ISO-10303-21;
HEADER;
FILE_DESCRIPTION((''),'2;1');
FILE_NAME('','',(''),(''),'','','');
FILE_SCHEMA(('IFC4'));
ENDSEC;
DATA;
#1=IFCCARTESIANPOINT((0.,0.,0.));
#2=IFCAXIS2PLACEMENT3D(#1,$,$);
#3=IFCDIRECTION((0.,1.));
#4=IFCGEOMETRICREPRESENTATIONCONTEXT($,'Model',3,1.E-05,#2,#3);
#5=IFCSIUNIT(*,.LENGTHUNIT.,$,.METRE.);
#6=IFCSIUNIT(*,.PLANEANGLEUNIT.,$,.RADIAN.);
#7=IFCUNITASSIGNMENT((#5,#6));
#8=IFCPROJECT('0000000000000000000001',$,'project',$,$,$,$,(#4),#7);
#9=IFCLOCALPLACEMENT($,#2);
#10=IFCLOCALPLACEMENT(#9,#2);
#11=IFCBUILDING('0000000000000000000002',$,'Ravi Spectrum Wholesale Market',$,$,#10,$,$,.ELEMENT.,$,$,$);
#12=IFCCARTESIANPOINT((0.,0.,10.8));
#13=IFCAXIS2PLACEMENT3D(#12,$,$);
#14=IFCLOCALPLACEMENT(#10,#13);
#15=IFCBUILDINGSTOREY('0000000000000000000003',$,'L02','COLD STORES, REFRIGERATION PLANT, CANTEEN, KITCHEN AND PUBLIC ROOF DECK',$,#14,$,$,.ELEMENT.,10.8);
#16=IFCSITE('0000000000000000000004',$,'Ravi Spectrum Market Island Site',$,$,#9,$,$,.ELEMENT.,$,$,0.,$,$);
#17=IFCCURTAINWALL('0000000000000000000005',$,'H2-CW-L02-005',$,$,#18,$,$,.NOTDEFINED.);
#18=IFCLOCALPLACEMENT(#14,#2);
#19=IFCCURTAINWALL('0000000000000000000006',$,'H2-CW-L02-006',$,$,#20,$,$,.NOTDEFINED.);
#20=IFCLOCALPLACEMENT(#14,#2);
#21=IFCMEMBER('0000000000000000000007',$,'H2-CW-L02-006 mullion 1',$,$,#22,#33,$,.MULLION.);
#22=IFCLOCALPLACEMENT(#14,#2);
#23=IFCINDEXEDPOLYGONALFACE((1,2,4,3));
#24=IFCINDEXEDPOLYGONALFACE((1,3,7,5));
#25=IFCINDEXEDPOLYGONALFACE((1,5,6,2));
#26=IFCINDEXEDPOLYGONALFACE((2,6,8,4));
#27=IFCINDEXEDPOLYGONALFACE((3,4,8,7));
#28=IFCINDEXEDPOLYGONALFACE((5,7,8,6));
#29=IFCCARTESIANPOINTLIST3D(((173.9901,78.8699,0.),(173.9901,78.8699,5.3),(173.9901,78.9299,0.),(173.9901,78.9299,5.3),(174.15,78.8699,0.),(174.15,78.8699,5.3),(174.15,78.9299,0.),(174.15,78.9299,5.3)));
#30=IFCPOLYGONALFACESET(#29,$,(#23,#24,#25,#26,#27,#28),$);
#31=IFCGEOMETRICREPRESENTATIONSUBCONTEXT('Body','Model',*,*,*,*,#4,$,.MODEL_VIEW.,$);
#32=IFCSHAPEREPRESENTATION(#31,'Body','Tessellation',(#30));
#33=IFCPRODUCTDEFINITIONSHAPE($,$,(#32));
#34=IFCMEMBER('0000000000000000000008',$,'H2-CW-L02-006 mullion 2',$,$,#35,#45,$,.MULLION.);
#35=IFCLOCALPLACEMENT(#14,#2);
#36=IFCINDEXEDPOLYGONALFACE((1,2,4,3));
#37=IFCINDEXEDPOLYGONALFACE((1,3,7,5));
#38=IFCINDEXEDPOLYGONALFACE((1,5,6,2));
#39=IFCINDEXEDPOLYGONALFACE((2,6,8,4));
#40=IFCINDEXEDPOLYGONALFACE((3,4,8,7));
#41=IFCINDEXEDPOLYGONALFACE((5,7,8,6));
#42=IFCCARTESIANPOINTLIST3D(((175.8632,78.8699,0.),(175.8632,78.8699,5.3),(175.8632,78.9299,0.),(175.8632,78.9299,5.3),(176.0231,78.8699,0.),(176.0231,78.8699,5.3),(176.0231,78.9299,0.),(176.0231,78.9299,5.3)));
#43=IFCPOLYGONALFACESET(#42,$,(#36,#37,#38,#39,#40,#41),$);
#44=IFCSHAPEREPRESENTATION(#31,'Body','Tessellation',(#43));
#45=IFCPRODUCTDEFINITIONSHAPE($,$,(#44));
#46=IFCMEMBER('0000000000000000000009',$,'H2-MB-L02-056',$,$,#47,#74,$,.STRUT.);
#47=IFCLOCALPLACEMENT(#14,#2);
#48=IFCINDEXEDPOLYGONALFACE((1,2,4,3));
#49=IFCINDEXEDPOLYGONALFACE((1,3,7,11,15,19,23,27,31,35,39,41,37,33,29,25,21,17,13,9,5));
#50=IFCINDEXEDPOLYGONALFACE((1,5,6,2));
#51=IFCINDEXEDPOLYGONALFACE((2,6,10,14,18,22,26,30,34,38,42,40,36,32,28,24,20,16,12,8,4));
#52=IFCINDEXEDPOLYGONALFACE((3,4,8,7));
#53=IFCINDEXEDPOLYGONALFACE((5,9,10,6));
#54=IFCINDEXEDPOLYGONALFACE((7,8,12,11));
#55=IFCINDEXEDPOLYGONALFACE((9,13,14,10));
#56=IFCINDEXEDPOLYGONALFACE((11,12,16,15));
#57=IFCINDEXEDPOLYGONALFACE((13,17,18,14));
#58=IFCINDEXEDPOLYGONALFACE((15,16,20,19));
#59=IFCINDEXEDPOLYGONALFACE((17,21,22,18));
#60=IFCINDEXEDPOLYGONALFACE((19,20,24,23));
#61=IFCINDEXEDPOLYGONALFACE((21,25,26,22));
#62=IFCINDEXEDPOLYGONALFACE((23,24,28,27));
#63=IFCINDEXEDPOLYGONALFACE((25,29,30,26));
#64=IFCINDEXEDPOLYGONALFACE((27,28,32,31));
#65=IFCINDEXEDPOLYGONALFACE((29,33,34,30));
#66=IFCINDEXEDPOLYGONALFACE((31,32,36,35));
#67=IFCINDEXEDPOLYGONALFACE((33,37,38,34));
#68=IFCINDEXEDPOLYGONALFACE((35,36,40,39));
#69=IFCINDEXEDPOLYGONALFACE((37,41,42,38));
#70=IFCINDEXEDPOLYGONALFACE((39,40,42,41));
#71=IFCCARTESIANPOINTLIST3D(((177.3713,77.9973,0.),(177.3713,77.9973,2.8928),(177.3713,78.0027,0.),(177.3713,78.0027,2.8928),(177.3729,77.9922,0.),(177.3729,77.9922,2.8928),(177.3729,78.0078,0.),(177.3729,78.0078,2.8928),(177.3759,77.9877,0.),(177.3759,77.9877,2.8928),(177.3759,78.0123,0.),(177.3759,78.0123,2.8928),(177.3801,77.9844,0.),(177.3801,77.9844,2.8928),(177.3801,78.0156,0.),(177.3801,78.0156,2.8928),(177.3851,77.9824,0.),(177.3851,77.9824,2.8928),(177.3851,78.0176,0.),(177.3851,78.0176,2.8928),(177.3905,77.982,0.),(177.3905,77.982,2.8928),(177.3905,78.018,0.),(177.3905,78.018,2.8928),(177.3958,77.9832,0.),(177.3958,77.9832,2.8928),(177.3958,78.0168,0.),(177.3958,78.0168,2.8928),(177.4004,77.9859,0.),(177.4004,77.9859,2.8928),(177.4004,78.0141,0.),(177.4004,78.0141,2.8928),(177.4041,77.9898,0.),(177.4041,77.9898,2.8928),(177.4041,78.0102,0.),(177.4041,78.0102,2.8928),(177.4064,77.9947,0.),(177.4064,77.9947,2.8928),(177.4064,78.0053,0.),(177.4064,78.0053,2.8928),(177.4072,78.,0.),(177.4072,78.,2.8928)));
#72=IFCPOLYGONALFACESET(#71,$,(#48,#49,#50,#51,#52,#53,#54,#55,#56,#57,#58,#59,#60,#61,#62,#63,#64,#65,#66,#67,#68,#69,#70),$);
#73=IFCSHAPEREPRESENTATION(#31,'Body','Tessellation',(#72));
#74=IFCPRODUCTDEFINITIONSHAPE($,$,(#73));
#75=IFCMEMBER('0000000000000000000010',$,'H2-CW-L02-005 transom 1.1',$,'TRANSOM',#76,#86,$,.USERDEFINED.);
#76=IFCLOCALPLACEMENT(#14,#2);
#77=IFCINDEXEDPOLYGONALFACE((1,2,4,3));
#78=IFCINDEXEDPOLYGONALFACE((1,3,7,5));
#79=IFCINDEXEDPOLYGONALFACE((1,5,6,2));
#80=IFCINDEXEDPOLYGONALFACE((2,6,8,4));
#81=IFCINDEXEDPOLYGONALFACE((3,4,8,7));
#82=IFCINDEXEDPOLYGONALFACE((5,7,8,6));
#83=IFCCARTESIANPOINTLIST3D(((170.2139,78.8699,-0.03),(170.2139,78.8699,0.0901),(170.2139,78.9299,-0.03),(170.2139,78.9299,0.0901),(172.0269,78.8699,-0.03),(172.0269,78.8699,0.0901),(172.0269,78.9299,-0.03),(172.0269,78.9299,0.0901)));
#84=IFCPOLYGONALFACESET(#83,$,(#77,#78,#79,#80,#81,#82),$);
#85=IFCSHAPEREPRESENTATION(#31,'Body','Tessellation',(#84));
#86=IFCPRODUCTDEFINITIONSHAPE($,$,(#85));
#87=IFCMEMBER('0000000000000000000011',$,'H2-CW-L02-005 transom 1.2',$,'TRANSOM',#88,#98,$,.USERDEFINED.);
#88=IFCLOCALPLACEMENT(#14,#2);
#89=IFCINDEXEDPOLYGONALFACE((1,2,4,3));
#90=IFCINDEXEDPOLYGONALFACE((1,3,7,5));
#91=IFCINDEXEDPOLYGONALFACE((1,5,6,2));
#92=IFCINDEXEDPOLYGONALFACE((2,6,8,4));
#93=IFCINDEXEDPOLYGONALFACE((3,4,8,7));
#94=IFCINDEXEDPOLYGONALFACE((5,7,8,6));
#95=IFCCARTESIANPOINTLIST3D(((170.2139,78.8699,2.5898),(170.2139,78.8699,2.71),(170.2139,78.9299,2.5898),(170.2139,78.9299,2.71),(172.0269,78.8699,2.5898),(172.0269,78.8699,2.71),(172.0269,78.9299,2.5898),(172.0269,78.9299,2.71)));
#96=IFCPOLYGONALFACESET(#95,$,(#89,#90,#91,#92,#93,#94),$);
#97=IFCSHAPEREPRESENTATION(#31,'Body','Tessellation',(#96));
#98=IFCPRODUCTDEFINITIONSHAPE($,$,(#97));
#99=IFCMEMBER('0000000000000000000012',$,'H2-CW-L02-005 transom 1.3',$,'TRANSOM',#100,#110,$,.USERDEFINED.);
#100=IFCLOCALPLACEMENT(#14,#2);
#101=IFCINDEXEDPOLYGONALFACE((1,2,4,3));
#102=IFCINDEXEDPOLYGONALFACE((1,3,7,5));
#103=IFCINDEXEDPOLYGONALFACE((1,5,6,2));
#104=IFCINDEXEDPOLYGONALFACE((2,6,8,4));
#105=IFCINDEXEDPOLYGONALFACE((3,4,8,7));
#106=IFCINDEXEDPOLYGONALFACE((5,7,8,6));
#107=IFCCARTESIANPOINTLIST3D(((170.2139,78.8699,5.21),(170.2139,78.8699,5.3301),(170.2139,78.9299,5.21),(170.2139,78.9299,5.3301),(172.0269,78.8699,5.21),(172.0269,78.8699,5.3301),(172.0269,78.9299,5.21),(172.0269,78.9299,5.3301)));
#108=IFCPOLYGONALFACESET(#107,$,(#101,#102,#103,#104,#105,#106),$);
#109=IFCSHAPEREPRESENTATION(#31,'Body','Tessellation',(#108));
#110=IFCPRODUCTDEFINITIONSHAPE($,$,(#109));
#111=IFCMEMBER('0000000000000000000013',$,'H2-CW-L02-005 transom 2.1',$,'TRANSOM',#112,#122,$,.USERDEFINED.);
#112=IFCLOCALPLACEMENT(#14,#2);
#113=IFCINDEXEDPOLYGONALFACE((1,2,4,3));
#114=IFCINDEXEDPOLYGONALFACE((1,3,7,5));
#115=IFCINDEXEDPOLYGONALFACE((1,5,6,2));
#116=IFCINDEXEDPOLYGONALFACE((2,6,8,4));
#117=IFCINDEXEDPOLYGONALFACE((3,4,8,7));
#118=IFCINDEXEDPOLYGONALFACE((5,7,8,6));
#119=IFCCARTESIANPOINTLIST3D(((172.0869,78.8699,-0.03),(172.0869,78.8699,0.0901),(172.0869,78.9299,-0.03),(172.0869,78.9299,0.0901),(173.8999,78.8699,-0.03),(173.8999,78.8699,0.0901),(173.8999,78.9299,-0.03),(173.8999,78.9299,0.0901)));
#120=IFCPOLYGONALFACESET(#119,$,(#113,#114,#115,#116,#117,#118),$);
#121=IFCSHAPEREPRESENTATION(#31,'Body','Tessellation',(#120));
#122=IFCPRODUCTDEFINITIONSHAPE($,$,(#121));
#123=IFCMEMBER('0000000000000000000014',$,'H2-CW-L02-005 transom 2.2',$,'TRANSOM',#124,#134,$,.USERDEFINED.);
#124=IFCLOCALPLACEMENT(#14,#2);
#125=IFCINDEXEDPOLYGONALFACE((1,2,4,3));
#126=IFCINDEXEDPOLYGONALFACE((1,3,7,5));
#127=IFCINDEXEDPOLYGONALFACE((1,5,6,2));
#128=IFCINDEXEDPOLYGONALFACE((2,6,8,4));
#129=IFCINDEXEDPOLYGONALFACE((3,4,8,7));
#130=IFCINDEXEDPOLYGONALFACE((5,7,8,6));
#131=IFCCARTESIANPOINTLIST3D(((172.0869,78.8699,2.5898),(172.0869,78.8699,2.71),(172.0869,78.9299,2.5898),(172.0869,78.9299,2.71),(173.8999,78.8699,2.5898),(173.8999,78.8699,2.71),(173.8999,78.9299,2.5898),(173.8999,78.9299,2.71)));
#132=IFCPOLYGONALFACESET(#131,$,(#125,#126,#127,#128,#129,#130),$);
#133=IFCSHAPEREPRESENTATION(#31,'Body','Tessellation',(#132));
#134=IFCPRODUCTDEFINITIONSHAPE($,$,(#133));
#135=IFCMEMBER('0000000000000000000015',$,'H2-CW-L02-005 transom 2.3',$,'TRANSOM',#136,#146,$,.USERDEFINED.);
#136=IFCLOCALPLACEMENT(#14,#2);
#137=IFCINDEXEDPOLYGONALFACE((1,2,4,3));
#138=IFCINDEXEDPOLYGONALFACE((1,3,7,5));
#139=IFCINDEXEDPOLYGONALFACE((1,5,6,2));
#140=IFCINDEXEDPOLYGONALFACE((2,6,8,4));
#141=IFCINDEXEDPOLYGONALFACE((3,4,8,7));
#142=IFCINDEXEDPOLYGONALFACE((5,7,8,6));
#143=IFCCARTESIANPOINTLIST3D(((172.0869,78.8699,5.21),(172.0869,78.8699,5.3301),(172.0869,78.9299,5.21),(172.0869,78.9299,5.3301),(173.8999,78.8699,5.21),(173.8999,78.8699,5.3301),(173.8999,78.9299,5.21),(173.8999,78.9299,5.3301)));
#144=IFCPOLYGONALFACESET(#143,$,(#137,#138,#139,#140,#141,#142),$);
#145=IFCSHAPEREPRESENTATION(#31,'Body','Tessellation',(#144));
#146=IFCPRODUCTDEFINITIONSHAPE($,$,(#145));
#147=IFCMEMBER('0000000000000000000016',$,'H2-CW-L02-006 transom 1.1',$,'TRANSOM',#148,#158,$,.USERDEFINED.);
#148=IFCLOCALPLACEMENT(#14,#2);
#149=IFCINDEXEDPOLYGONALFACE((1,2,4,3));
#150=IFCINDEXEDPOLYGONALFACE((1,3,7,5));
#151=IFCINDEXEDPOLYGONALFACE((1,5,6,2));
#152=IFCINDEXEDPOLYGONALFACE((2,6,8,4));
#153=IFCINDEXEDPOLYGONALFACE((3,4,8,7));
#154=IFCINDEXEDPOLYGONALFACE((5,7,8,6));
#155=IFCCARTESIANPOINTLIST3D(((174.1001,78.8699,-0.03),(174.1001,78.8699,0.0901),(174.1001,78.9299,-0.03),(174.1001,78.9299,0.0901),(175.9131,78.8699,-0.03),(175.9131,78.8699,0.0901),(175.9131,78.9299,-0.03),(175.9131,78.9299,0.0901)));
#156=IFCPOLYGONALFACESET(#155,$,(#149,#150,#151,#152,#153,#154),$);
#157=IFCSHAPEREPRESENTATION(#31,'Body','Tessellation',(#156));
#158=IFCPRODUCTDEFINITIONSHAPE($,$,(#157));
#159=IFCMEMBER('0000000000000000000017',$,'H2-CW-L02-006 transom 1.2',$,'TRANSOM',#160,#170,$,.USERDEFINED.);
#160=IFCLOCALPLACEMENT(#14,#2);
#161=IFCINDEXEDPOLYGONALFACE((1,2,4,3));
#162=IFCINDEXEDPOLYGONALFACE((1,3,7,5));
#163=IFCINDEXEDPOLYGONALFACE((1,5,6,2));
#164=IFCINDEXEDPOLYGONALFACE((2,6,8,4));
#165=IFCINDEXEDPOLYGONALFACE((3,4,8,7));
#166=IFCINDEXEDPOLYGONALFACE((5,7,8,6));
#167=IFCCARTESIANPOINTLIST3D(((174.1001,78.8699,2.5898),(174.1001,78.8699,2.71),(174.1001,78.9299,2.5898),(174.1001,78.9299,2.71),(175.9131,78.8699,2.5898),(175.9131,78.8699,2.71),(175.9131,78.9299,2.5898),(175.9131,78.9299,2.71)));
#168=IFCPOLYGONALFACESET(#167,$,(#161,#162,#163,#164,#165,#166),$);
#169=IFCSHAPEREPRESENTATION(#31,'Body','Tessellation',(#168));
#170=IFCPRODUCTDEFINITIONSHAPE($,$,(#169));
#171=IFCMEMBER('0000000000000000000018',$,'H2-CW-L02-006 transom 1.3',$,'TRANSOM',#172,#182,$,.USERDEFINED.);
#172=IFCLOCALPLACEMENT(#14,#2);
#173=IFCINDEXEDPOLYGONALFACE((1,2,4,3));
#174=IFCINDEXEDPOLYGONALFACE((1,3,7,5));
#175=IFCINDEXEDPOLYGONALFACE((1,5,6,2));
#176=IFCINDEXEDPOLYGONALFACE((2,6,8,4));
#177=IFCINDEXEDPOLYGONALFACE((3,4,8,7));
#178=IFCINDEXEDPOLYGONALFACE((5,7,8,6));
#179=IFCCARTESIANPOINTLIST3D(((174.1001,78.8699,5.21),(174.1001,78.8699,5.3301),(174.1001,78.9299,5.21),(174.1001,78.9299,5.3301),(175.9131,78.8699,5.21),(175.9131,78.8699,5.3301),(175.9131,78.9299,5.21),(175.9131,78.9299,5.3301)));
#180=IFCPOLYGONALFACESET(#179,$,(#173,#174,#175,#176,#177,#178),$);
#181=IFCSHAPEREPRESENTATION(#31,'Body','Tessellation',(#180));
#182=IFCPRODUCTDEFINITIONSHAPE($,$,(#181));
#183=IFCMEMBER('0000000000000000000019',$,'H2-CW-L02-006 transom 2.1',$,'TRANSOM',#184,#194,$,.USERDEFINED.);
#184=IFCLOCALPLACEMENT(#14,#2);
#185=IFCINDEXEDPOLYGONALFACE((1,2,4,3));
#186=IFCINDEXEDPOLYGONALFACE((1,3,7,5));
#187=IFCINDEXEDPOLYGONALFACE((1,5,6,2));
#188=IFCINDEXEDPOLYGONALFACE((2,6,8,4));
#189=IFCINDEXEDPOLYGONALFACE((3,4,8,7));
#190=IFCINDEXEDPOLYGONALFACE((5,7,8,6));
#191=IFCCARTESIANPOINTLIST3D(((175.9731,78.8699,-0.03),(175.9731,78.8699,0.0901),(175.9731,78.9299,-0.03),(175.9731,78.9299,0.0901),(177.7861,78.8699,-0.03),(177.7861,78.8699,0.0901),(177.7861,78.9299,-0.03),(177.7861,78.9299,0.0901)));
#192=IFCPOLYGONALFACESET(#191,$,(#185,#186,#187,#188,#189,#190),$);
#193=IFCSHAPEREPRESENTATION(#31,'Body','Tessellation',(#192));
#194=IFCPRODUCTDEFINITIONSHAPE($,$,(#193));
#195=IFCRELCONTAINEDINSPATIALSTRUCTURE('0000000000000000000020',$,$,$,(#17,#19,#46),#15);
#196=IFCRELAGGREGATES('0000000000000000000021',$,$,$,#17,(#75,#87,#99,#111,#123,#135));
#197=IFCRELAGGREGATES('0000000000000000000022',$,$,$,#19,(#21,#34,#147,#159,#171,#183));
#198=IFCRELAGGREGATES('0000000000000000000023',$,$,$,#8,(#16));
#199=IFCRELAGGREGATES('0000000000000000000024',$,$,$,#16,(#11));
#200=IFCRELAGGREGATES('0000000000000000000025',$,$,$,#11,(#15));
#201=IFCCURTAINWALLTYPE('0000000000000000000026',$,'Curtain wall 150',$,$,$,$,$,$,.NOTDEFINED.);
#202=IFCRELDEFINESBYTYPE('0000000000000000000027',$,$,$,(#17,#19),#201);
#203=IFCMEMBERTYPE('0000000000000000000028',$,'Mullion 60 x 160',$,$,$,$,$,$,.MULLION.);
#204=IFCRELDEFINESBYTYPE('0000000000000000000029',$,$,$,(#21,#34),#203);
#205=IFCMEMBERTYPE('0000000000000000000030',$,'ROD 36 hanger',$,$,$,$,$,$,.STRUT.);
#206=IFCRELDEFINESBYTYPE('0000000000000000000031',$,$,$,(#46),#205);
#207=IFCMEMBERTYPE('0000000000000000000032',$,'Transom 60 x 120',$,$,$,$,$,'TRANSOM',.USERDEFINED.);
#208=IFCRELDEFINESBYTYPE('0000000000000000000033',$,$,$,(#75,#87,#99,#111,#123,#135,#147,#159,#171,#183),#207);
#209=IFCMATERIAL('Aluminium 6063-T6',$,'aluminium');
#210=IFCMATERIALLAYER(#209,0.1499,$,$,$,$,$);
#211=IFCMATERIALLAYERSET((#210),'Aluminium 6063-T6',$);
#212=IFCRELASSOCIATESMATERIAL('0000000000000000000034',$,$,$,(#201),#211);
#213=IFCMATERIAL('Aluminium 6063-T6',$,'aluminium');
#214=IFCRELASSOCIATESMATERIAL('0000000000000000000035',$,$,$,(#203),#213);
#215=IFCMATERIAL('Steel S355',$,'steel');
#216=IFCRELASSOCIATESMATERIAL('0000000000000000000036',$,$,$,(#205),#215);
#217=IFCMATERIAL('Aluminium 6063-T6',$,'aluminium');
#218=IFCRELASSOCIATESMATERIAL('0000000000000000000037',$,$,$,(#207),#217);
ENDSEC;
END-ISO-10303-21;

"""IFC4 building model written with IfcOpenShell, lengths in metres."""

from ifc_helpers import new_model, si_unit, direction, frame, origin, origin_2d, place, context, subcontext, project, spatial, rectangle, circle, extrude, material, layer, layer_set, material_profile, profile_set, type_object, element, aggregate, save


model = new_model("IFC4")

# Units and contexts
model_context = context("Model", 3, precision=1e-05, world=origin(), true_north=direction((0.0, 1.0)))
body_context = subcontext(model_context, "Body", "Model", "MODEL_VIEW")
ifc_project = project(units=[si_unit("LENGTHUNIT", "METRE"), si_unit("PLANEANGLEUNIT", "RADIAN")], contexts=[model_context])

# Site, building, storey
site_placement = place(None, origin())
site = spatial("IfcSite", under=ifc_project, at=site_placement, Name="Ravi Spectrum Market Island Site", CompositionType="ELEMENT", RefElevation=0.0)
building_placement = place(site_placement, origin())
building = spatial("IfcBuilding", under=site, at=building_placement, Name="Ravi Spectrum Wholesale Market", CompositionType="ELEMENT")
storey_placement = place(building_placement, frame((0.0, 0.0, 10.8)))
storey = spatial("IfcBuildingStorey", under=building, at=storey_placement, Name="L02", Description="COLD STORES, REFRIGERATION PLANT, CANTEEN, KITCHEN AND PUBLIC ROOF DECK", CompositionType="ELEMENT", Elevation=10.8)

# Curtain walls, members
ifc_material_1 = material(Name="Aluminium 6063-T6", Category="aluminium")
ifc_layer_1 = layer(ifc_material_1, 0.1499)
ifc_layer_set_1 = layer_set([ifc_layer_1], Name="Aluminium 6063-T6")
curtain_wall_type = type_object("IfcCurtainWallType", Name="Curtain wall 150", PredefinedType="NOTDEFINED", material=ifc_layer_set_1)
curtain_wall_1_placement = place(storey_placement, origin())
curtain_wall_1 = element("IfcCurtainWall", 1, at=curtain_wall_1_placement, inside=storey, type_object=curtain_wall_type, Name="H2-CW-L02-005", PredefinedType="NOTDEFINED")
ifc_material_2 = material(Name="Aluminium 6063-T6", Category="aluminium")
ifc_material_profile_1 = material_profile(ifc_material_2, rectangle(XDim=0.0601, YDim=0.1599, at=origin_2d()))
ifc_profile_set_1 = profile_set([ifc_material_profile_1], Name="Aluminium 6063-T6")
member_type_1 = type_object("IfcMemberType", Name="Mullion 60 x 160", PredefinedType="MULLION", material=ifc_profile_set_1)
curtain_wall_2_placement = place(storey_placement, origin())
curtain_wall_2 = element("IfcCurtainWall", 2, at=curtain_wall_2_placement, inside=storey, type_object=curtain_wall_type, Name="H2-CW-L02-006", PredefinedType="NOTDEFINED")
member_1_placement = place(storey_placement, frame((174.0701, 78.8999, 0.0), z_axis=(0.0, 0.0, 1.0), x_axis=(0.0, 1.0, 0.0)))
member_1 = element("IfcMember", 3, at=member_1_placement, type_object=member_type_1, Name="H2-CW-L02-006 mullion 1", PredefinedType="MULLION", context=body_context, shape_type="SweptSolid", body=[
    extrude(rectangle(XDim=0.0601, YDim=0.1599, at=origin_2d()), origin(), (0.0, 0.0, 1.0), 5.3),
])
member_2_placement = place(storey_placement, frame((175.9431, 78.8999, 0.0), z_axis=(0.0, 0.0, 1.0), x_axis=(0.0, 1.0, 0.0)))
member_2 = element("IfcMember", 4, at=member_2_placement, type_object=member_type_1, Name="H2-CW-L02-006 mullion 2", PredefinedType="MULLION", context=body_context, shape_type="SweptSolid", body=[
    extrude(rectangle(XDim=0.0601, YDim=0.1599, at=origin_2d()), origin(), (0.0, 0.0, 1.0), 5.3),
])

# Members
ifc_material_3 = material(Name="Steel S355", Category="steel")
ifc_material_profile_2 = material_profile(ifc_material_3, circle(Radius=0.0181, at=origin_2d()))
ifc_profile_set_2 = profile_set([ifc_material_profile_2], Name="Steel S355")
member_type_2 = type_object("IfcMemberType", Name="ROD 36 hanger", PredefinedType="STRUT", material=ifc_profile_set_2)
member_3_placement = place(storey_placement, frame((177.3892, 78.0, 0.0), z_axis=(0.0, 0.0, 1.0), x_axis=(1.0, 0.0, 0.0)))
element("IfcMember", 5, at=member_3_placement, inside=storey, type_object=member_type_2, Name="H2-MB-L02-056", PredefinedType="STRUT", context=body_context, shape_type="SweptSolid", body=[
    extrude(circle(Radius=0.0181, at=origin_2d()), origin(), (0.0, 0.0, 1.0), 2.8928),
])
ifc_material_4 = material(Name="Aluminium 6063-T6", Category="aluminium")
ifc_material_profile_3 = material_profile(ifc_material_4, rectangle(XDim=0.0601, YDim=0.1201, at=origin_2d()))
ifc_profile_set_3 = profile_set([ifc_material_profile_3], Name="Aluminium 6063-T6")
member_type_3 = type_object("IfcMemberType", Name="Transom 60 x 120", ElementType="TRANSOM", PredefinedType="USERDEFINED", material=ifc_profile_set_3)
member_4_placement = place(storey_placement, frame((170.2139, 78.8999, 0.03), z_axis=(1.0, 0.0, 0.0), x_axis=(0.0, 1.0, 0.0)))
member_4 = element("IfcMember", 6, at=member_4_placement, type_object=member_type_3, Name="H2-CW-L02-005 transom 1.1", ObjectType="TRANSOM", PredefinedType="USERDEFINED", context=body_context, shape_type="SweptSolid", body=[
    extrude(rectangle(XDim=0.0601, YDim=0.1201, at=origin_2d()), origin(), (0.0, 0.0, 1.0), 1.813),
])
member_5_placement = place(storey_placement, frame((170.2139, 78.8999, 2.6499), z_axis=(1.0, 0.0, 0.0), x_axis=(0.0, 1.0, 0.0)))
member_5 = element("IfcMember", 7, at=member_5_placement, type_object=member_type_3, Name="H2-CW-L02-005 transom 1.2", ObjectType="TRANSOM", PredefinedType="USERDEFINED", context=body_context, shape_type="SweptSolid", body=[
    extrude(rectangle(XDim=0.0601, YDim=0.1201, at=origin_2d()), origin(), (0.0, 0.0, 1.0), 1.813),
])
member_6_placement = place(storey_placement, frame((170.2139, 78.8999, 5.27), z_axis=(1.0, 0.0, 0.0), x_axis=(0.0, 1.0, 0.0)))
member_6 = element("IfcMember", 8, at=member_6_placement, type_object=member_type_3, Name="H2-CW-L02-005 transom 1.3", ObjectType="TRANSOM", PredefinedType="USERDEFINED", context=body_context, shape_type="SweptSolid", body=[
    extrude(rectangle(XDim=0.0601, YDim=0.1201, at=origin_2d()), origin(), (0.0, 0.0, 1.0), 1.813),
])
member_7_placement = place(storey_placement, frame((172.0869, 78.8999, 0.03), z_axis=(1.0, 0.0, 0.0), x_axis=(0.0, 1.0, 0.0)))
member_7 = element("IfcMember", 9, at=member_7_placement, type_object=member_type_3, Name="H2-CW-L02-005 transom 2.1", ObjectType="TRANSOM", PredefinedType="USERDEFINED", context=body_context, shape_type="SweptSolid", body=[
    extrude(rectangle(XDim=0.0601, YDim=0.1201, at=origin_2d()), origin(), (0.0, 0.0, 1.0), 1.813),
])
member_8_placement = place(storey_placement, frame((172.0869, 78.8999, 2.6499), z_axis=(1.0, 0.0, 0.0), x_axis=(0.0, 1.0, 0.0)))
member_8 = element("IfcMember", 10, at=member_8_placement, type_object=member_type_3, Name="H2-CW-L02-005 transom 2.2", ObjectType="TRANSOM", PredefinedType="USERDEFINED", context=body_context, shape_type="SweptSolid", body=[
    extrude(rectangle(XDim=0.0601, YDim=0.1201, at=origin_2d()), origin(), (0.0, 0.0, 1.0), 1.813),
])
member_9_placement = place(storey_placement, frame((172.0869, 78.8999, 5.27), z_axis=(1.0, 0.0, 0.0), x_axis=(0.0, 1.0, 0.0)))
member_9 = element("IfcMember", 11, at=member_9_placement, type_object=member_type_3, Name="H2-CW-L02-005 transom 2.3", ObjectType="TRANSOM", PredefinedType="USERDEFINED", context=body_context, shape_type="SweptSolid", body=[
    extrude(rectangle(XDim=0.0601, YDim=0.1201, at=origin_2d()), origin(), (0.0, 0.0, 1.0), 1.813),
])
member_10_placement = place(storey_placement, frame((174.1001, 78.8999, 0.03), z_axis=(1.0, 0.0, 0.0), x_axis=(0.0, 1.0, 0.0)))
member_10 = element("IfcMember", 12, at=member_10_placement, type_object=member_type_3, Name="H2-CW-L02-006 transom 1.1", ObjectType="TRANSOM", PredefinedType="USERDEFINED", context=body_context, shape_type="SweptSolid", body=[
    extrude(rectangle(XDim=0.0601, YDim=0.1201, at=origin_2d()), origin(), (0.0, 0.0, 1.0), 1.813),
])
member_11_placement = place(storey_placement, frame((174.1001, 78.8999, 2.6499), z_axis=(1.0, 0.0, 0.0), x_axis=(0.0, 1.0, 0.0)))
member_11 = element("IfcMember", 13, at=member_11_placement, type_object=member_type_3, Name="H2-CW-L02-006 transom 1.2", ObjectType="TRANSOM", PredefinedType="USERDEFINED", context=body_context, shape_type="SweptSolid", body=[
    extrude(rectangle(XDim=0.0601, YDim=0.1201, at=origin_2d()), origin(), (0.0, 0.0, 1.0), 1.813),
])
member_12_placement = place(storey_placement, frame((174.1001, 78.8999, 5.27), z_axis=(1.0, 0.0, 0.0), x_axis=(0.0, 1.0, 0.0)))
member_12 = element("IfcMember", 14, at=member_12_placement, type_object=member_type_3, Name="H2-CW-L02-006 transom 1.3", ObjectType="TRANSOM", PredefinedType="USERDEFINED", context=body_context, shape_type="SweptSolid", body=[
    extrude(rectangle(XDim=0.0601, YDim=0.1201, at=origin_2d()), origin(), (0.0, 0.0, 1.0), 1.813),
])
member_13_placement = place(storey_placement, frame((175.9731, 78.8999, 0.03), z_axis=(1.0, 0.0, 0.0), x_axis=(0.0, 1.0, 0.0)))
member_13 = element("IfcMember", 15, at=member_13_placement, type_object=member_type_3, Name="H2-CW-L02-006 transom 2.1", ObjectType="TRANSOM", PredefinedType="USERDEFINED", context=body_context, shape_type="SweptSolid", body=[
    extrude(rectangle(XDim=0.0601, YDim=0.1201, at=origin_2d()), origin(), (0.0, 0.0, 1.0), 1.813),
])

aggregate(curtain_wall_1, [member_4, member_5, member_6, member_7, member_8, member_9])
aggregate(curtain_wall_2, [member_1, member_2, member_10, member_11, member_12, member_13])

save(model, "model.ifc")
